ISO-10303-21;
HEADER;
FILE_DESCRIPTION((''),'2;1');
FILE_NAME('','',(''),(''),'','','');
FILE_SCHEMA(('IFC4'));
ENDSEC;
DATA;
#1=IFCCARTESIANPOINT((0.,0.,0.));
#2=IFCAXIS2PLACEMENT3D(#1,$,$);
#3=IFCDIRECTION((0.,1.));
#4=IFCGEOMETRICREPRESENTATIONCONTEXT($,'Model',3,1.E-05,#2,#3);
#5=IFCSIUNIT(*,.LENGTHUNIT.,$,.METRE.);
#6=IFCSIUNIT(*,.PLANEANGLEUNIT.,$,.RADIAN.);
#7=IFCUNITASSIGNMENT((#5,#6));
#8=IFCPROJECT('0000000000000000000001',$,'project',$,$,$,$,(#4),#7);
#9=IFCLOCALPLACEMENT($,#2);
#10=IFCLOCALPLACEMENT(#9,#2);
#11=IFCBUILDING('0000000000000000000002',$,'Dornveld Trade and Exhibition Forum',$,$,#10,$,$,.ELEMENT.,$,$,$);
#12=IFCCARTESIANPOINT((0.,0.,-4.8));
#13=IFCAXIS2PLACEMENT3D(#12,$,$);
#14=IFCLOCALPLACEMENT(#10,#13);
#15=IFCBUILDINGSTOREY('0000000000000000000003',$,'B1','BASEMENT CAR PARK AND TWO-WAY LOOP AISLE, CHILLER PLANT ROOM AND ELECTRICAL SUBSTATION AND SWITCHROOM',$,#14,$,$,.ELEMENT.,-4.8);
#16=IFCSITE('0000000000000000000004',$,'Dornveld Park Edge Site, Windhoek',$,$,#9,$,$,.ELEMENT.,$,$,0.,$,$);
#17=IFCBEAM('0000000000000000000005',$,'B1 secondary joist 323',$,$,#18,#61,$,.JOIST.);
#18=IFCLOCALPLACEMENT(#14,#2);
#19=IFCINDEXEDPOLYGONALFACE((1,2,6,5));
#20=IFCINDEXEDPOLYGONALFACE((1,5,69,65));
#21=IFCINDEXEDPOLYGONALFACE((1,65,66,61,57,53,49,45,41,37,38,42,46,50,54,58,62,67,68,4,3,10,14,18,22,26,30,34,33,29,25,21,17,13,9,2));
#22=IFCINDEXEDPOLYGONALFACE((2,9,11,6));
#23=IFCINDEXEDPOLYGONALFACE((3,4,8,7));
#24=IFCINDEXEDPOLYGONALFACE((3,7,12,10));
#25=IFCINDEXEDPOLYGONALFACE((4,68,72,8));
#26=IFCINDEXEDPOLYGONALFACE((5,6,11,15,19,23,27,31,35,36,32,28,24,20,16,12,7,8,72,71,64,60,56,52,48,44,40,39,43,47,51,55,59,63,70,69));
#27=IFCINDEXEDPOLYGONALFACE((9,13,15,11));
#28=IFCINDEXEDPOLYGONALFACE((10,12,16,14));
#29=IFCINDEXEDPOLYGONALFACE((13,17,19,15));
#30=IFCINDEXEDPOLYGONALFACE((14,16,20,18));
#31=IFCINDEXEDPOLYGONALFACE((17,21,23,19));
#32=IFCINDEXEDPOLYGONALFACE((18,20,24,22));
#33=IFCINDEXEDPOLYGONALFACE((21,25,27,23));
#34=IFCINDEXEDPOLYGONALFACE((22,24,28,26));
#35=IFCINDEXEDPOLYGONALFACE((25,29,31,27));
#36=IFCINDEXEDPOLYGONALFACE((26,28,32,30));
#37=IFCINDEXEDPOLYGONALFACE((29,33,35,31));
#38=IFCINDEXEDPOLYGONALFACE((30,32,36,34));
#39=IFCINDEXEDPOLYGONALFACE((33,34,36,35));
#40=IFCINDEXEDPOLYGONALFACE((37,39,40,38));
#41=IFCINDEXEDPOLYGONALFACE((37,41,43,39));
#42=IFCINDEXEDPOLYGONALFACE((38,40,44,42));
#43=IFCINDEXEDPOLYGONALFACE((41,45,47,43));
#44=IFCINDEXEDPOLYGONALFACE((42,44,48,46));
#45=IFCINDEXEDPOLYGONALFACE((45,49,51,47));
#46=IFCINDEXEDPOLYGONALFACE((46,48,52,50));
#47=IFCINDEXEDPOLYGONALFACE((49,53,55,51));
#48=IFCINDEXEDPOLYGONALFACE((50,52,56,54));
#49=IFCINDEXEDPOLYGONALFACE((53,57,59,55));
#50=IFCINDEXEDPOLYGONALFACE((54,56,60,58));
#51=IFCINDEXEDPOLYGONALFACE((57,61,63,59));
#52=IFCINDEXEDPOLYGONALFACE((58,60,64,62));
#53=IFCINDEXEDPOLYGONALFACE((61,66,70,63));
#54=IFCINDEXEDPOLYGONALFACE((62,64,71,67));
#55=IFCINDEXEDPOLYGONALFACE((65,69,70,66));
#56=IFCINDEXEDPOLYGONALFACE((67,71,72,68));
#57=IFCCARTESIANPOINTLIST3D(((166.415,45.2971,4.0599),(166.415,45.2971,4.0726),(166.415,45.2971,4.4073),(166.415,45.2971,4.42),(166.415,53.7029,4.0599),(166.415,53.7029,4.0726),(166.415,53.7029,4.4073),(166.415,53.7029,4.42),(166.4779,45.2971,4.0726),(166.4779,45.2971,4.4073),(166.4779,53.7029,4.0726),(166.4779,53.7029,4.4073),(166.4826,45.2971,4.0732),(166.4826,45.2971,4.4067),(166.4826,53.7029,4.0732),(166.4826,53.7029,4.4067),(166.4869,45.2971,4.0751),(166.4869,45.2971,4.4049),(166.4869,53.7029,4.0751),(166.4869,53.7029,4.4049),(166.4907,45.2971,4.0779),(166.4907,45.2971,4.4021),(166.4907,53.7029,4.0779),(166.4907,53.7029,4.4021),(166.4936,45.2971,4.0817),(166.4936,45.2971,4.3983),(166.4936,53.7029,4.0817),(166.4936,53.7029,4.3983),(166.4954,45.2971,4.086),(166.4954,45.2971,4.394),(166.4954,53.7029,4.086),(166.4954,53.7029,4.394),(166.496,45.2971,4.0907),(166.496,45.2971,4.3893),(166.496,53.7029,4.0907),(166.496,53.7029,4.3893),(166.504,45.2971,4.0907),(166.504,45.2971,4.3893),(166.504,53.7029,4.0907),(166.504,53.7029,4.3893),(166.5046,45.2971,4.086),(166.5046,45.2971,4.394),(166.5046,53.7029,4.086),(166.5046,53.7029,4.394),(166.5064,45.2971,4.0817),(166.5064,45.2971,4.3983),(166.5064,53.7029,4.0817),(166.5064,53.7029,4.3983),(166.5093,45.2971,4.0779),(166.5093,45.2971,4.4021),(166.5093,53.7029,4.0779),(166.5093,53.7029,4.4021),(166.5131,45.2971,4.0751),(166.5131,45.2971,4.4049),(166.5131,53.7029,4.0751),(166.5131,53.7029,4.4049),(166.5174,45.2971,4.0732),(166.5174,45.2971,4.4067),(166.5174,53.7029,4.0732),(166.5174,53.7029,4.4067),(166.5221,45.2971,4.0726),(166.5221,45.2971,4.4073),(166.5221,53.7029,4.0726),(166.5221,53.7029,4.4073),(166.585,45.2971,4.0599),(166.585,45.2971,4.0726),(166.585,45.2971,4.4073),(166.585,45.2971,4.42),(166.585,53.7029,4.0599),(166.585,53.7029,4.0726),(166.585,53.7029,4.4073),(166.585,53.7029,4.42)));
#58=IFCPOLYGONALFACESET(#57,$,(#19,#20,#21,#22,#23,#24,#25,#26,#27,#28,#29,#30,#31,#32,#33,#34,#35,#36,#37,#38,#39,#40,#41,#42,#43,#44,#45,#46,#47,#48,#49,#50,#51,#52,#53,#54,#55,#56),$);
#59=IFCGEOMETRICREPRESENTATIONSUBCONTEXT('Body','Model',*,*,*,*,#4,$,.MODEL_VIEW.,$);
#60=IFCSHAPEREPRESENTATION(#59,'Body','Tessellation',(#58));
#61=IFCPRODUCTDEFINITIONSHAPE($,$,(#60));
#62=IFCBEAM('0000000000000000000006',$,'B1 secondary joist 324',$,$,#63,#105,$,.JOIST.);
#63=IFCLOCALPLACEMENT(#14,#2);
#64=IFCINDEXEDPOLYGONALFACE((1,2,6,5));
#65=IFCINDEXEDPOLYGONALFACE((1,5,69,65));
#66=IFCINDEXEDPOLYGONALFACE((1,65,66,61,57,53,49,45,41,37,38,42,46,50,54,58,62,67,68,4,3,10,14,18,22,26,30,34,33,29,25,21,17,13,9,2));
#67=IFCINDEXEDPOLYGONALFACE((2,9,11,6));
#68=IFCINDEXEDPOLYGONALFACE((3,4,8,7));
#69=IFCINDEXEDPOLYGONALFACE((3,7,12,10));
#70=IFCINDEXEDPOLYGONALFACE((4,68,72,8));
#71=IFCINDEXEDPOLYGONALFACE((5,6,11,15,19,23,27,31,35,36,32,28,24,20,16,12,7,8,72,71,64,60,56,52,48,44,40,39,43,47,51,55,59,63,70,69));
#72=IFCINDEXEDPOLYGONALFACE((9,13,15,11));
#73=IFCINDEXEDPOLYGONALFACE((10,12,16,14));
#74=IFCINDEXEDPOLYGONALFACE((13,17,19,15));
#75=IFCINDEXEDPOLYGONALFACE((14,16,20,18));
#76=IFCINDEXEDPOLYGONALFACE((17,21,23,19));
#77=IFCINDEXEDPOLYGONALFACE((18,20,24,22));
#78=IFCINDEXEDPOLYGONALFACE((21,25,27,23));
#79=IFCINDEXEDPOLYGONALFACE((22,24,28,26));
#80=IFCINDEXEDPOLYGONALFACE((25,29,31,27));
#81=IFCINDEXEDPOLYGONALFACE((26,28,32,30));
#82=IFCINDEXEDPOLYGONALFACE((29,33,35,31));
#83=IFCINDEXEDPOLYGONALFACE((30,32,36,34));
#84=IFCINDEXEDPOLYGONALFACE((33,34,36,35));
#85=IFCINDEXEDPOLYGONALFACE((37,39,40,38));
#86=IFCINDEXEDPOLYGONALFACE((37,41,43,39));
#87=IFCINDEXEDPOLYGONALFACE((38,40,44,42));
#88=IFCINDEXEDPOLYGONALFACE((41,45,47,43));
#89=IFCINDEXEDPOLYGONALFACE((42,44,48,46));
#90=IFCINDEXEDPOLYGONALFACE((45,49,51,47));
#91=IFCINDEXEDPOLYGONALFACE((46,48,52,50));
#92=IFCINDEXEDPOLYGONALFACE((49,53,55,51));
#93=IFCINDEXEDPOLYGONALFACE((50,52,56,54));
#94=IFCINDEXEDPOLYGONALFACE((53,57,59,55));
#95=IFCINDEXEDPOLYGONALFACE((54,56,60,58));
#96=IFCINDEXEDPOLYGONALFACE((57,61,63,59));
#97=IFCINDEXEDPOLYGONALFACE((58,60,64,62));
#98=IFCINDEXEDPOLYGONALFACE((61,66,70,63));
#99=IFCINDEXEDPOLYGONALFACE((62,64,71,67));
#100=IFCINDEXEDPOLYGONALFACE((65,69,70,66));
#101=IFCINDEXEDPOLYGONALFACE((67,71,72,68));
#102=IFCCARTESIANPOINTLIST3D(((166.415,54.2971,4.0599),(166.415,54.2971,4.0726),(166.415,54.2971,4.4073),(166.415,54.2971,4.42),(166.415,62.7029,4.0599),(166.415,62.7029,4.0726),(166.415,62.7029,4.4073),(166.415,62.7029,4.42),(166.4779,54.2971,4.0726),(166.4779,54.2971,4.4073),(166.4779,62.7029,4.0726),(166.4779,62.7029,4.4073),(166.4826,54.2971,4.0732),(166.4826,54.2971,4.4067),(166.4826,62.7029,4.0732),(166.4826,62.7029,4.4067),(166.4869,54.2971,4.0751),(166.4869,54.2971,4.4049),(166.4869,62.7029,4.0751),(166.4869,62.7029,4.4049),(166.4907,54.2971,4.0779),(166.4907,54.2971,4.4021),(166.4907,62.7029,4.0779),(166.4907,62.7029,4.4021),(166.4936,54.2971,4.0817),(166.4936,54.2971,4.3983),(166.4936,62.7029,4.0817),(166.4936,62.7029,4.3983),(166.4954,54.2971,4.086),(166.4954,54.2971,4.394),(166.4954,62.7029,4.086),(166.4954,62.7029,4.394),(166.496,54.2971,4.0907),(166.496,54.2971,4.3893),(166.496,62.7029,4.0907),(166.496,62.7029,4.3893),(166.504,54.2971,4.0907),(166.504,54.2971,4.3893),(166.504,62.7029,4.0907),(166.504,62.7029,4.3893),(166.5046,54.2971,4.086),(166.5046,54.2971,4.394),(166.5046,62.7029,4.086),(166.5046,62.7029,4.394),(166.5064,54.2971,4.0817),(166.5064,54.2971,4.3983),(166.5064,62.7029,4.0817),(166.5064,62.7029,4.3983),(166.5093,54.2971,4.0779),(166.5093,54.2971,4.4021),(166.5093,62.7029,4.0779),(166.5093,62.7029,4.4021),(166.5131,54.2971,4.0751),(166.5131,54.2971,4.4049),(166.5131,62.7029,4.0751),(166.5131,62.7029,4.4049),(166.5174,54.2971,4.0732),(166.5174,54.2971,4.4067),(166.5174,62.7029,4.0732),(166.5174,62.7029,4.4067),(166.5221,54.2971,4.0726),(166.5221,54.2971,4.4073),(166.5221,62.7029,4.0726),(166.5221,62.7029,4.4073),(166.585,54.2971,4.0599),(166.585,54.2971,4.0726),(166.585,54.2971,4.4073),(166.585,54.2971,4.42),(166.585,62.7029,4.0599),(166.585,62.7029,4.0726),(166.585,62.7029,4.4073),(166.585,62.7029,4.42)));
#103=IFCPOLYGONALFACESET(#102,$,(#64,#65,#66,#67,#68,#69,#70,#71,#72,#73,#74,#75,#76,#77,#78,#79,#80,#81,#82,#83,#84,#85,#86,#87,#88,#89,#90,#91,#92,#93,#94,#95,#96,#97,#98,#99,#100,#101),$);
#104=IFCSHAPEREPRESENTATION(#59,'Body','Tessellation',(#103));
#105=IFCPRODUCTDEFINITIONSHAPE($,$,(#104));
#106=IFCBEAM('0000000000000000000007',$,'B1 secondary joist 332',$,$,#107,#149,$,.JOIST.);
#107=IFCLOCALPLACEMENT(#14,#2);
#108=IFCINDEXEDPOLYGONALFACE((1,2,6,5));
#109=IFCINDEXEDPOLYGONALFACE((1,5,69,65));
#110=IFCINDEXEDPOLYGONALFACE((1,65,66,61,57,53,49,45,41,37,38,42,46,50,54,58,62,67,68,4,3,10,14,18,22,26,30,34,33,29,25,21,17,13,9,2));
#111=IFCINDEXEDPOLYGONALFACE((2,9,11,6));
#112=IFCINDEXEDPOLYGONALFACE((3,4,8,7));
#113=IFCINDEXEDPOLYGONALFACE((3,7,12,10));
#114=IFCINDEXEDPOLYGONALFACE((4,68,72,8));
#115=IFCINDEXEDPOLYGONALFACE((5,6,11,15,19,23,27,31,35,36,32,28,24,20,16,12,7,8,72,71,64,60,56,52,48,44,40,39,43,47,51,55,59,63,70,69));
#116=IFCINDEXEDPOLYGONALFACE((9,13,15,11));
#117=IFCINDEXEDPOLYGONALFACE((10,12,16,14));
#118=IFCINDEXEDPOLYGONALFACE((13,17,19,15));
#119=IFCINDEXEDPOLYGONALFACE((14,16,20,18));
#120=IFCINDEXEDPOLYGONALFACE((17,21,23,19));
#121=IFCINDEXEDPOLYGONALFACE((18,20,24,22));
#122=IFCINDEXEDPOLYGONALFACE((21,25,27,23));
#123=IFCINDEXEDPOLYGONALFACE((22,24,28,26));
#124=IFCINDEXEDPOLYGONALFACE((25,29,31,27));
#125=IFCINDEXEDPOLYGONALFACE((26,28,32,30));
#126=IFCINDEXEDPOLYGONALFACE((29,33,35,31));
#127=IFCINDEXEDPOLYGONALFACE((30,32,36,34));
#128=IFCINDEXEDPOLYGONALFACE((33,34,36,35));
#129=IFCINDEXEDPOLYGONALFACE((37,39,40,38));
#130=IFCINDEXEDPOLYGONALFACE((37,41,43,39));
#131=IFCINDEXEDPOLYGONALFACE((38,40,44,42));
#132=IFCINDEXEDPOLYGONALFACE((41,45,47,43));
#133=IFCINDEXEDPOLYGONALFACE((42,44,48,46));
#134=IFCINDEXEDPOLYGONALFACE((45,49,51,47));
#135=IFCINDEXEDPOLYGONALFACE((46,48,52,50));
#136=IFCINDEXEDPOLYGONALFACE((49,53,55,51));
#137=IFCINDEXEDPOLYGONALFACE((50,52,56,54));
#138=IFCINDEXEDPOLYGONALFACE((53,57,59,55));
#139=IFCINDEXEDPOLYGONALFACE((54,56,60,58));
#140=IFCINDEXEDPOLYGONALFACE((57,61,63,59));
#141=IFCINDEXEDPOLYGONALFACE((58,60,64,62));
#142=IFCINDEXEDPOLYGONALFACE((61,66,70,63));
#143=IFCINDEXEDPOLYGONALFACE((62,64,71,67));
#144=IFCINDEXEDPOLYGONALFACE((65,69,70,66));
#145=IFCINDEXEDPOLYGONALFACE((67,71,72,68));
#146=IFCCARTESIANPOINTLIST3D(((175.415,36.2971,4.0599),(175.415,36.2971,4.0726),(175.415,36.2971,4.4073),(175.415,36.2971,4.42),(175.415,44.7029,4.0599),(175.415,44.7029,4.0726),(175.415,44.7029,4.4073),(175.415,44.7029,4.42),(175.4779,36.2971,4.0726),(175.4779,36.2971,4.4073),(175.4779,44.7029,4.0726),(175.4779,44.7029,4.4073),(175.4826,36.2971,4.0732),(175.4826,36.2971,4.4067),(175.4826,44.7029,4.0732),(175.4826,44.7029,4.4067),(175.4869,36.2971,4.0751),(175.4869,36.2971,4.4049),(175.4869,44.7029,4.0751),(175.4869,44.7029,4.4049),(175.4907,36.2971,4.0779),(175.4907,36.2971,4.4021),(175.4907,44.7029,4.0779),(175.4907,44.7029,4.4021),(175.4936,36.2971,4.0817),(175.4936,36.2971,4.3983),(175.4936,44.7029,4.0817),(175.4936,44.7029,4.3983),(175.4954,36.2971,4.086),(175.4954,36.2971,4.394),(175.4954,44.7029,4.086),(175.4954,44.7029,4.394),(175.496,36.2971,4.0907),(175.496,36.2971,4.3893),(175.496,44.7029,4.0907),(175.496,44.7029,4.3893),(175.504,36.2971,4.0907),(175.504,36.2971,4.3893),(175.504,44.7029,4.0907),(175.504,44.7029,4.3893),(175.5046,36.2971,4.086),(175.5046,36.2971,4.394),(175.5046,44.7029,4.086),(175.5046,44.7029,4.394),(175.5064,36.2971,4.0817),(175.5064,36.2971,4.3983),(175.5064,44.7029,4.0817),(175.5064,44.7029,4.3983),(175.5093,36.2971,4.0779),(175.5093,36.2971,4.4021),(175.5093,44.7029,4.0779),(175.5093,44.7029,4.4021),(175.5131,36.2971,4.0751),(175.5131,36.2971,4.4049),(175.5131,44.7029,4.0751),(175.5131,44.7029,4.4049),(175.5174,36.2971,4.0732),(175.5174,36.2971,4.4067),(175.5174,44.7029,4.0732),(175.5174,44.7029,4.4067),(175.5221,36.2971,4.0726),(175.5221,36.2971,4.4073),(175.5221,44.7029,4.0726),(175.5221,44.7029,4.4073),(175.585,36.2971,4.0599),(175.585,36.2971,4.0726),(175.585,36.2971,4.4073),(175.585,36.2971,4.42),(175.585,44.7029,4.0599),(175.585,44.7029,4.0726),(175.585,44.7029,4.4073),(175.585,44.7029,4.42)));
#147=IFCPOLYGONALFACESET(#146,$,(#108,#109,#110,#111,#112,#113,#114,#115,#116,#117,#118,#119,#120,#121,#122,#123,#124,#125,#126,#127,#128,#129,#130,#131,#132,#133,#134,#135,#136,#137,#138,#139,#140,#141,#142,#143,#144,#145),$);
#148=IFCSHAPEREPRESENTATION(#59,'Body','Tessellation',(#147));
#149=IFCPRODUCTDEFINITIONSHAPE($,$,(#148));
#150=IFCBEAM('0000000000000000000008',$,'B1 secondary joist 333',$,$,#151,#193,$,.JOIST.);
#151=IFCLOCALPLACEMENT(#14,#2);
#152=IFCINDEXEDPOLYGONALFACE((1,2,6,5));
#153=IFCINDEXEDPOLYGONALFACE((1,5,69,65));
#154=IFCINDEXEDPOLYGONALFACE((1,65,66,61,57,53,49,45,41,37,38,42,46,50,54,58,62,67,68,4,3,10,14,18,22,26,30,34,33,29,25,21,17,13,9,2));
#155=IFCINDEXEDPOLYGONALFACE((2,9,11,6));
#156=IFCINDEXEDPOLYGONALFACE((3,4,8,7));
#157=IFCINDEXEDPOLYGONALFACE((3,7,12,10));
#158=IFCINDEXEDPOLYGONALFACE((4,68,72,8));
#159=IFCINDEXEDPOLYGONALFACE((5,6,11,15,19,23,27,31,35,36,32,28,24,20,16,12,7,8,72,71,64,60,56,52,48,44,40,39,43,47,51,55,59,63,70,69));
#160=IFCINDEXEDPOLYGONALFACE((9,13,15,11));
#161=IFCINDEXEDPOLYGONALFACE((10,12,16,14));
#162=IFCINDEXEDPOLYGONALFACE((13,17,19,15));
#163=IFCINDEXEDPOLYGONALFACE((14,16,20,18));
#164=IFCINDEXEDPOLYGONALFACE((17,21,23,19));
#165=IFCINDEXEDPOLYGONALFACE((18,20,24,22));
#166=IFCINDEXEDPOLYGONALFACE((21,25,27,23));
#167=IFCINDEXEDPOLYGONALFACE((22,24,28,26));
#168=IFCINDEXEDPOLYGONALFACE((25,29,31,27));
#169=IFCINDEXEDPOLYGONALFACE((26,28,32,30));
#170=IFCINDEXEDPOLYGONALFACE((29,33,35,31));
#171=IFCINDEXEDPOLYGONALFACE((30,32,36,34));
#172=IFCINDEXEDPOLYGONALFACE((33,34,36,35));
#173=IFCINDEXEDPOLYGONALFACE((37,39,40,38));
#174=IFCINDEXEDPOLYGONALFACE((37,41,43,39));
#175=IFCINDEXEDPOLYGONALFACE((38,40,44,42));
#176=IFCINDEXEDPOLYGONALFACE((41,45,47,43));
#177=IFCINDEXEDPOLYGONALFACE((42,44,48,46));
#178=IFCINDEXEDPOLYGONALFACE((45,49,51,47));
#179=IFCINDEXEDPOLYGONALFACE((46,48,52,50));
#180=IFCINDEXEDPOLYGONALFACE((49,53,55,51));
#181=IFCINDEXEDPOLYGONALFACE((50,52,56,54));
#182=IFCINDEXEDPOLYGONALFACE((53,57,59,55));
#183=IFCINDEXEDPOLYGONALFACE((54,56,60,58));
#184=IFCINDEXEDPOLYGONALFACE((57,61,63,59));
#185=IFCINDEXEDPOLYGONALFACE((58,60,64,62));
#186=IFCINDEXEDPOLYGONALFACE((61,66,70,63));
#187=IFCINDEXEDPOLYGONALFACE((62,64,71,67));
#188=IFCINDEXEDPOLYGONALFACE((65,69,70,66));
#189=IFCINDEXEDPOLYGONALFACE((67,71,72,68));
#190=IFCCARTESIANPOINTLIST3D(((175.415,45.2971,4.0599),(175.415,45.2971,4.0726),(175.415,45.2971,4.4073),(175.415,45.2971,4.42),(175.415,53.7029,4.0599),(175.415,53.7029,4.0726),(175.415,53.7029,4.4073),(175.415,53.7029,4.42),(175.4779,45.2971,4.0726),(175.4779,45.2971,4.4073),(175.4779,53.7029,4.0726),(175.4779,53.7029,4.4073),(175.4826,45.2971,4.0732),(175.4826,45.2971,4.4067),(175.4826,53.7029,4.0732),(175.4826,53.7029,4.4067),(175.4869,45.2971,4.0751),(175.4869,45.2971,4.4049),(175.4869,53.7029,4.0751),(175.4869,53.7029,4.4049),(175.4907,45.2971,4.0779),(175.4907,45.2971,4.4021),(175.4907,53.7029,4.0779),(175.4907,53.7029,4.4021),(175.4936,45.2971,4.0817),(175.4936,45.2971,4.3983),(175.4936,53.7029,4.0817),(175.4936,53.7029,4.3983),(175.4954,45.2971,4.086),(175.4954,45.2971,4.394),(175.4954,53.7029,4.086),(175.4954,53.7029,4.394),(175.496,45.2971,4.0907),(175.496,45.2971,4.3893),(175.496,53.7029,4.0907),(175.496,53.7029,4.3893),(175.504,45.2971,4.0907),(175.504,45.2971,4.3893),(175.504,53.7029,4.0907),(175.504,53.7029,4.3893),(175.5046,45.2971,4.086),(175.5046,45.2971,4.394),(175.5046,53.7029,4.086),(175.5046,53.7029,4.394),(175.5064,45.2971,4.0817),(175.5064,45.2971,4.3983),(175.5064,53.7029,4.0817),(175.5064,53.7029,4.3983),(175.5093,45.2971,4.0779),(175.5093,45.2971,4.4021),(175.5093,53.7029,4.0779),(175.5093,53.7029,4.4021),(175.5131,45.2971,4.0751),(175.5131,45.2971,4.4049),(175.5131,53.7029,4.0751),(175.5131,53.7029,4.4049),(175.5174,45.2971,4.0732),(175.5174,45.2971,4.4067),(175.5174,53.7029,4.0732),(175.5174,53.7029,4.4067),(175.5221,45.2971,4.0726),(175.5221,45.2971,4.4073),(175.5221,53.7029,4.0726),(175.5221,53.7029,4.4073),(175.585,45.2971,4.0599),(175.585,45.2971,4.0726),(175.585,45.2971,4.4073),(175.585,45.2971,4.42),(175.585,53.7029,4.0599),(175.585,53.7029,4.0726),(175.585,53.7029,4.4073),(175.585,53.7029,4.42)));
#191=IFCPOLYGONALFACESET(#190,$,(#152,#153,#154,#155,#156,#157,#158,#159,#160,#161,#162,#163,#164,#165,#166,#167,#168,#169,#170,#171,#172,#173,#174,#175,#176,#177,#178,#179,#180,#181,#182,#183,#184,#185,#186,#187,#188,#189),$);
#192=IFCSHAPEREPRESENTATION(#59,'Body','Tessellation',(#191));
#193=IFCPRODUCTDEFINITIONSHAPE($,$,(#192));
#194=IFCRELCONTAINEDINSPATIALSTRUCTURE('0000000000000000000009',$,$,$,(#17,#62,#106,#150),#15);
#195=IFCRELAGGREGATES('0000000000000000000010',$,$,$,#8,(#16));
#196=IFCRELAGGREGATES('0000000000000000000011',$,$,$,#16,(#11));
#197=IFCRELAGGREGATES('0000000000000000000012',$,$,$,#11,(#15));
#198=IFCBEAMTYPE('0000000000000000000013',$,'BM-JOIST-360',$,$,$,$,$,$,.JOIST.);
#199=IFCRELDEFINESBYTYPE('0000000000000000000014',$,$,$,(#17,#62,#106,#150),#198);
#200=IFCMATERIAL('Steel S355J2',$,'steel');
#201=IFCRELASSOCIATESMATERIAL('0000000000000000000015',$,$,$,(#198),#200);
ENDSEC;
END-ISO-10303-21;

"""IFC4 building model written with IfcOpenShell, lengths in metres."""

from ifc_helpers import new_model, si_unit, direction, frame, origin, origin_2d, place, context, subcontext, project, spatial, i_section, extrude, material, material_profile, profile_set, type_object, element, save


model = new_model("IFC4")

# Units and contexts
model_context = context("Model", 3, precision=1e-05, world=origin(), true_north=direction((0.0, 1.0)))
body_context = subcontext(model_context, "Body", "Model", "MODEL_VIEW")
ifc_project = project(units=[si_unit("LENGTHUNIT", "METRE"), si_unit("PLANEANGLEUNIT", "RADIAN")], contexts=[model_context])

# Site, building, storey
site_placement = place(None, origin())
site = spatial("IfcSite", under=ifc_project, at=site_placement, Name="Dornveld Park Edge Site, Windhoek", CompositionType="ELEMENT", RefElevation=0.0)
building_placement = place(site_placement, origin())
building = spatial("IfcBuilding", under=site, at=building_placement, Name="Dornveld Trade and Exhibition Forum", CompositionType="ELEMENT")
storey_placement = place(building_placement, frame((0.0, 0.0, -4.8)))
storey = spatial("IfcBuildingStorey", under=building, at=storey_placement, Name="B1", Description="BASEMENT CAR PARK AND TWO-WAY LOOP AISLE, CHILLER PLANT ROOM AND ELECTRICAL SUBSTATION AND SWITCHROOM", CompositionType="ELEMENT", Elevation=-4.8)

# Beams
ifc_material_1 = material(Name="Steel S355J2", Category="steel")
ifc_material_profile_1 = material_profile(ifc_material_1, i_section(OverallWidth=0.1699, OverallDepth=0.3601, WebThickness=0.0081, FlangeThickness=0.0127, FilletRadius=0.0181, at=origin_2d()), Name="IPE 360")
ifc_profile_set_1 = profile_set([ifc_material_profile_1], Name="Steel S355J2")
beam_type_1 = type_object("IfcBeamType", Name="BM-JOIST-360", PredefinedType="JOIST", material=ifc_profile_set_1)
for number, where, z_axis, x_axis, name in (
    (1, (166.5, 45.2971, 4.24), (0.0, 1.0, 0.0), (-1.0, 0.0, 0.0), "B1 secondary joist 323"),
    (2, (166.5, 54.2971, 4.24), (0.0, 1.0, 0.0), (-1.0, 0.0, 0.0), "B1 secondary joist 324"),
    (3, (175.5, 36.2971, 4.24), (0.0, 1.0, 0.0), (-1.0, 0.0, 0.0), "B1 secondary joist 332"),
    (4, (175.5, 45.2971, 4.24), (0.0, 1.0, 0.0), (-1.0, 0.0, 0.0), "B1 secondary joist 333"),
):
    element("IfcBeam", number, at=place(storey_placement, frame(where, z_axis=z_axis, x_axis=x_axis)), inside=storey, type_object=beam_type_1, Name=name, PredefinedType="JOIST", context=body_context, shape_type="SweptSolid", body=[
        extrude(i_section(OverallWidth=0.1699, OverallDepth=0.3601, WebThickness=0.0081, FlangeThickness=0.0127, FilletRadius=0.0181, at=origin_2d()), origin(), (0.0, 0.0, 1.0), 8.4058),
    ])

save(model, "model.ifc")
